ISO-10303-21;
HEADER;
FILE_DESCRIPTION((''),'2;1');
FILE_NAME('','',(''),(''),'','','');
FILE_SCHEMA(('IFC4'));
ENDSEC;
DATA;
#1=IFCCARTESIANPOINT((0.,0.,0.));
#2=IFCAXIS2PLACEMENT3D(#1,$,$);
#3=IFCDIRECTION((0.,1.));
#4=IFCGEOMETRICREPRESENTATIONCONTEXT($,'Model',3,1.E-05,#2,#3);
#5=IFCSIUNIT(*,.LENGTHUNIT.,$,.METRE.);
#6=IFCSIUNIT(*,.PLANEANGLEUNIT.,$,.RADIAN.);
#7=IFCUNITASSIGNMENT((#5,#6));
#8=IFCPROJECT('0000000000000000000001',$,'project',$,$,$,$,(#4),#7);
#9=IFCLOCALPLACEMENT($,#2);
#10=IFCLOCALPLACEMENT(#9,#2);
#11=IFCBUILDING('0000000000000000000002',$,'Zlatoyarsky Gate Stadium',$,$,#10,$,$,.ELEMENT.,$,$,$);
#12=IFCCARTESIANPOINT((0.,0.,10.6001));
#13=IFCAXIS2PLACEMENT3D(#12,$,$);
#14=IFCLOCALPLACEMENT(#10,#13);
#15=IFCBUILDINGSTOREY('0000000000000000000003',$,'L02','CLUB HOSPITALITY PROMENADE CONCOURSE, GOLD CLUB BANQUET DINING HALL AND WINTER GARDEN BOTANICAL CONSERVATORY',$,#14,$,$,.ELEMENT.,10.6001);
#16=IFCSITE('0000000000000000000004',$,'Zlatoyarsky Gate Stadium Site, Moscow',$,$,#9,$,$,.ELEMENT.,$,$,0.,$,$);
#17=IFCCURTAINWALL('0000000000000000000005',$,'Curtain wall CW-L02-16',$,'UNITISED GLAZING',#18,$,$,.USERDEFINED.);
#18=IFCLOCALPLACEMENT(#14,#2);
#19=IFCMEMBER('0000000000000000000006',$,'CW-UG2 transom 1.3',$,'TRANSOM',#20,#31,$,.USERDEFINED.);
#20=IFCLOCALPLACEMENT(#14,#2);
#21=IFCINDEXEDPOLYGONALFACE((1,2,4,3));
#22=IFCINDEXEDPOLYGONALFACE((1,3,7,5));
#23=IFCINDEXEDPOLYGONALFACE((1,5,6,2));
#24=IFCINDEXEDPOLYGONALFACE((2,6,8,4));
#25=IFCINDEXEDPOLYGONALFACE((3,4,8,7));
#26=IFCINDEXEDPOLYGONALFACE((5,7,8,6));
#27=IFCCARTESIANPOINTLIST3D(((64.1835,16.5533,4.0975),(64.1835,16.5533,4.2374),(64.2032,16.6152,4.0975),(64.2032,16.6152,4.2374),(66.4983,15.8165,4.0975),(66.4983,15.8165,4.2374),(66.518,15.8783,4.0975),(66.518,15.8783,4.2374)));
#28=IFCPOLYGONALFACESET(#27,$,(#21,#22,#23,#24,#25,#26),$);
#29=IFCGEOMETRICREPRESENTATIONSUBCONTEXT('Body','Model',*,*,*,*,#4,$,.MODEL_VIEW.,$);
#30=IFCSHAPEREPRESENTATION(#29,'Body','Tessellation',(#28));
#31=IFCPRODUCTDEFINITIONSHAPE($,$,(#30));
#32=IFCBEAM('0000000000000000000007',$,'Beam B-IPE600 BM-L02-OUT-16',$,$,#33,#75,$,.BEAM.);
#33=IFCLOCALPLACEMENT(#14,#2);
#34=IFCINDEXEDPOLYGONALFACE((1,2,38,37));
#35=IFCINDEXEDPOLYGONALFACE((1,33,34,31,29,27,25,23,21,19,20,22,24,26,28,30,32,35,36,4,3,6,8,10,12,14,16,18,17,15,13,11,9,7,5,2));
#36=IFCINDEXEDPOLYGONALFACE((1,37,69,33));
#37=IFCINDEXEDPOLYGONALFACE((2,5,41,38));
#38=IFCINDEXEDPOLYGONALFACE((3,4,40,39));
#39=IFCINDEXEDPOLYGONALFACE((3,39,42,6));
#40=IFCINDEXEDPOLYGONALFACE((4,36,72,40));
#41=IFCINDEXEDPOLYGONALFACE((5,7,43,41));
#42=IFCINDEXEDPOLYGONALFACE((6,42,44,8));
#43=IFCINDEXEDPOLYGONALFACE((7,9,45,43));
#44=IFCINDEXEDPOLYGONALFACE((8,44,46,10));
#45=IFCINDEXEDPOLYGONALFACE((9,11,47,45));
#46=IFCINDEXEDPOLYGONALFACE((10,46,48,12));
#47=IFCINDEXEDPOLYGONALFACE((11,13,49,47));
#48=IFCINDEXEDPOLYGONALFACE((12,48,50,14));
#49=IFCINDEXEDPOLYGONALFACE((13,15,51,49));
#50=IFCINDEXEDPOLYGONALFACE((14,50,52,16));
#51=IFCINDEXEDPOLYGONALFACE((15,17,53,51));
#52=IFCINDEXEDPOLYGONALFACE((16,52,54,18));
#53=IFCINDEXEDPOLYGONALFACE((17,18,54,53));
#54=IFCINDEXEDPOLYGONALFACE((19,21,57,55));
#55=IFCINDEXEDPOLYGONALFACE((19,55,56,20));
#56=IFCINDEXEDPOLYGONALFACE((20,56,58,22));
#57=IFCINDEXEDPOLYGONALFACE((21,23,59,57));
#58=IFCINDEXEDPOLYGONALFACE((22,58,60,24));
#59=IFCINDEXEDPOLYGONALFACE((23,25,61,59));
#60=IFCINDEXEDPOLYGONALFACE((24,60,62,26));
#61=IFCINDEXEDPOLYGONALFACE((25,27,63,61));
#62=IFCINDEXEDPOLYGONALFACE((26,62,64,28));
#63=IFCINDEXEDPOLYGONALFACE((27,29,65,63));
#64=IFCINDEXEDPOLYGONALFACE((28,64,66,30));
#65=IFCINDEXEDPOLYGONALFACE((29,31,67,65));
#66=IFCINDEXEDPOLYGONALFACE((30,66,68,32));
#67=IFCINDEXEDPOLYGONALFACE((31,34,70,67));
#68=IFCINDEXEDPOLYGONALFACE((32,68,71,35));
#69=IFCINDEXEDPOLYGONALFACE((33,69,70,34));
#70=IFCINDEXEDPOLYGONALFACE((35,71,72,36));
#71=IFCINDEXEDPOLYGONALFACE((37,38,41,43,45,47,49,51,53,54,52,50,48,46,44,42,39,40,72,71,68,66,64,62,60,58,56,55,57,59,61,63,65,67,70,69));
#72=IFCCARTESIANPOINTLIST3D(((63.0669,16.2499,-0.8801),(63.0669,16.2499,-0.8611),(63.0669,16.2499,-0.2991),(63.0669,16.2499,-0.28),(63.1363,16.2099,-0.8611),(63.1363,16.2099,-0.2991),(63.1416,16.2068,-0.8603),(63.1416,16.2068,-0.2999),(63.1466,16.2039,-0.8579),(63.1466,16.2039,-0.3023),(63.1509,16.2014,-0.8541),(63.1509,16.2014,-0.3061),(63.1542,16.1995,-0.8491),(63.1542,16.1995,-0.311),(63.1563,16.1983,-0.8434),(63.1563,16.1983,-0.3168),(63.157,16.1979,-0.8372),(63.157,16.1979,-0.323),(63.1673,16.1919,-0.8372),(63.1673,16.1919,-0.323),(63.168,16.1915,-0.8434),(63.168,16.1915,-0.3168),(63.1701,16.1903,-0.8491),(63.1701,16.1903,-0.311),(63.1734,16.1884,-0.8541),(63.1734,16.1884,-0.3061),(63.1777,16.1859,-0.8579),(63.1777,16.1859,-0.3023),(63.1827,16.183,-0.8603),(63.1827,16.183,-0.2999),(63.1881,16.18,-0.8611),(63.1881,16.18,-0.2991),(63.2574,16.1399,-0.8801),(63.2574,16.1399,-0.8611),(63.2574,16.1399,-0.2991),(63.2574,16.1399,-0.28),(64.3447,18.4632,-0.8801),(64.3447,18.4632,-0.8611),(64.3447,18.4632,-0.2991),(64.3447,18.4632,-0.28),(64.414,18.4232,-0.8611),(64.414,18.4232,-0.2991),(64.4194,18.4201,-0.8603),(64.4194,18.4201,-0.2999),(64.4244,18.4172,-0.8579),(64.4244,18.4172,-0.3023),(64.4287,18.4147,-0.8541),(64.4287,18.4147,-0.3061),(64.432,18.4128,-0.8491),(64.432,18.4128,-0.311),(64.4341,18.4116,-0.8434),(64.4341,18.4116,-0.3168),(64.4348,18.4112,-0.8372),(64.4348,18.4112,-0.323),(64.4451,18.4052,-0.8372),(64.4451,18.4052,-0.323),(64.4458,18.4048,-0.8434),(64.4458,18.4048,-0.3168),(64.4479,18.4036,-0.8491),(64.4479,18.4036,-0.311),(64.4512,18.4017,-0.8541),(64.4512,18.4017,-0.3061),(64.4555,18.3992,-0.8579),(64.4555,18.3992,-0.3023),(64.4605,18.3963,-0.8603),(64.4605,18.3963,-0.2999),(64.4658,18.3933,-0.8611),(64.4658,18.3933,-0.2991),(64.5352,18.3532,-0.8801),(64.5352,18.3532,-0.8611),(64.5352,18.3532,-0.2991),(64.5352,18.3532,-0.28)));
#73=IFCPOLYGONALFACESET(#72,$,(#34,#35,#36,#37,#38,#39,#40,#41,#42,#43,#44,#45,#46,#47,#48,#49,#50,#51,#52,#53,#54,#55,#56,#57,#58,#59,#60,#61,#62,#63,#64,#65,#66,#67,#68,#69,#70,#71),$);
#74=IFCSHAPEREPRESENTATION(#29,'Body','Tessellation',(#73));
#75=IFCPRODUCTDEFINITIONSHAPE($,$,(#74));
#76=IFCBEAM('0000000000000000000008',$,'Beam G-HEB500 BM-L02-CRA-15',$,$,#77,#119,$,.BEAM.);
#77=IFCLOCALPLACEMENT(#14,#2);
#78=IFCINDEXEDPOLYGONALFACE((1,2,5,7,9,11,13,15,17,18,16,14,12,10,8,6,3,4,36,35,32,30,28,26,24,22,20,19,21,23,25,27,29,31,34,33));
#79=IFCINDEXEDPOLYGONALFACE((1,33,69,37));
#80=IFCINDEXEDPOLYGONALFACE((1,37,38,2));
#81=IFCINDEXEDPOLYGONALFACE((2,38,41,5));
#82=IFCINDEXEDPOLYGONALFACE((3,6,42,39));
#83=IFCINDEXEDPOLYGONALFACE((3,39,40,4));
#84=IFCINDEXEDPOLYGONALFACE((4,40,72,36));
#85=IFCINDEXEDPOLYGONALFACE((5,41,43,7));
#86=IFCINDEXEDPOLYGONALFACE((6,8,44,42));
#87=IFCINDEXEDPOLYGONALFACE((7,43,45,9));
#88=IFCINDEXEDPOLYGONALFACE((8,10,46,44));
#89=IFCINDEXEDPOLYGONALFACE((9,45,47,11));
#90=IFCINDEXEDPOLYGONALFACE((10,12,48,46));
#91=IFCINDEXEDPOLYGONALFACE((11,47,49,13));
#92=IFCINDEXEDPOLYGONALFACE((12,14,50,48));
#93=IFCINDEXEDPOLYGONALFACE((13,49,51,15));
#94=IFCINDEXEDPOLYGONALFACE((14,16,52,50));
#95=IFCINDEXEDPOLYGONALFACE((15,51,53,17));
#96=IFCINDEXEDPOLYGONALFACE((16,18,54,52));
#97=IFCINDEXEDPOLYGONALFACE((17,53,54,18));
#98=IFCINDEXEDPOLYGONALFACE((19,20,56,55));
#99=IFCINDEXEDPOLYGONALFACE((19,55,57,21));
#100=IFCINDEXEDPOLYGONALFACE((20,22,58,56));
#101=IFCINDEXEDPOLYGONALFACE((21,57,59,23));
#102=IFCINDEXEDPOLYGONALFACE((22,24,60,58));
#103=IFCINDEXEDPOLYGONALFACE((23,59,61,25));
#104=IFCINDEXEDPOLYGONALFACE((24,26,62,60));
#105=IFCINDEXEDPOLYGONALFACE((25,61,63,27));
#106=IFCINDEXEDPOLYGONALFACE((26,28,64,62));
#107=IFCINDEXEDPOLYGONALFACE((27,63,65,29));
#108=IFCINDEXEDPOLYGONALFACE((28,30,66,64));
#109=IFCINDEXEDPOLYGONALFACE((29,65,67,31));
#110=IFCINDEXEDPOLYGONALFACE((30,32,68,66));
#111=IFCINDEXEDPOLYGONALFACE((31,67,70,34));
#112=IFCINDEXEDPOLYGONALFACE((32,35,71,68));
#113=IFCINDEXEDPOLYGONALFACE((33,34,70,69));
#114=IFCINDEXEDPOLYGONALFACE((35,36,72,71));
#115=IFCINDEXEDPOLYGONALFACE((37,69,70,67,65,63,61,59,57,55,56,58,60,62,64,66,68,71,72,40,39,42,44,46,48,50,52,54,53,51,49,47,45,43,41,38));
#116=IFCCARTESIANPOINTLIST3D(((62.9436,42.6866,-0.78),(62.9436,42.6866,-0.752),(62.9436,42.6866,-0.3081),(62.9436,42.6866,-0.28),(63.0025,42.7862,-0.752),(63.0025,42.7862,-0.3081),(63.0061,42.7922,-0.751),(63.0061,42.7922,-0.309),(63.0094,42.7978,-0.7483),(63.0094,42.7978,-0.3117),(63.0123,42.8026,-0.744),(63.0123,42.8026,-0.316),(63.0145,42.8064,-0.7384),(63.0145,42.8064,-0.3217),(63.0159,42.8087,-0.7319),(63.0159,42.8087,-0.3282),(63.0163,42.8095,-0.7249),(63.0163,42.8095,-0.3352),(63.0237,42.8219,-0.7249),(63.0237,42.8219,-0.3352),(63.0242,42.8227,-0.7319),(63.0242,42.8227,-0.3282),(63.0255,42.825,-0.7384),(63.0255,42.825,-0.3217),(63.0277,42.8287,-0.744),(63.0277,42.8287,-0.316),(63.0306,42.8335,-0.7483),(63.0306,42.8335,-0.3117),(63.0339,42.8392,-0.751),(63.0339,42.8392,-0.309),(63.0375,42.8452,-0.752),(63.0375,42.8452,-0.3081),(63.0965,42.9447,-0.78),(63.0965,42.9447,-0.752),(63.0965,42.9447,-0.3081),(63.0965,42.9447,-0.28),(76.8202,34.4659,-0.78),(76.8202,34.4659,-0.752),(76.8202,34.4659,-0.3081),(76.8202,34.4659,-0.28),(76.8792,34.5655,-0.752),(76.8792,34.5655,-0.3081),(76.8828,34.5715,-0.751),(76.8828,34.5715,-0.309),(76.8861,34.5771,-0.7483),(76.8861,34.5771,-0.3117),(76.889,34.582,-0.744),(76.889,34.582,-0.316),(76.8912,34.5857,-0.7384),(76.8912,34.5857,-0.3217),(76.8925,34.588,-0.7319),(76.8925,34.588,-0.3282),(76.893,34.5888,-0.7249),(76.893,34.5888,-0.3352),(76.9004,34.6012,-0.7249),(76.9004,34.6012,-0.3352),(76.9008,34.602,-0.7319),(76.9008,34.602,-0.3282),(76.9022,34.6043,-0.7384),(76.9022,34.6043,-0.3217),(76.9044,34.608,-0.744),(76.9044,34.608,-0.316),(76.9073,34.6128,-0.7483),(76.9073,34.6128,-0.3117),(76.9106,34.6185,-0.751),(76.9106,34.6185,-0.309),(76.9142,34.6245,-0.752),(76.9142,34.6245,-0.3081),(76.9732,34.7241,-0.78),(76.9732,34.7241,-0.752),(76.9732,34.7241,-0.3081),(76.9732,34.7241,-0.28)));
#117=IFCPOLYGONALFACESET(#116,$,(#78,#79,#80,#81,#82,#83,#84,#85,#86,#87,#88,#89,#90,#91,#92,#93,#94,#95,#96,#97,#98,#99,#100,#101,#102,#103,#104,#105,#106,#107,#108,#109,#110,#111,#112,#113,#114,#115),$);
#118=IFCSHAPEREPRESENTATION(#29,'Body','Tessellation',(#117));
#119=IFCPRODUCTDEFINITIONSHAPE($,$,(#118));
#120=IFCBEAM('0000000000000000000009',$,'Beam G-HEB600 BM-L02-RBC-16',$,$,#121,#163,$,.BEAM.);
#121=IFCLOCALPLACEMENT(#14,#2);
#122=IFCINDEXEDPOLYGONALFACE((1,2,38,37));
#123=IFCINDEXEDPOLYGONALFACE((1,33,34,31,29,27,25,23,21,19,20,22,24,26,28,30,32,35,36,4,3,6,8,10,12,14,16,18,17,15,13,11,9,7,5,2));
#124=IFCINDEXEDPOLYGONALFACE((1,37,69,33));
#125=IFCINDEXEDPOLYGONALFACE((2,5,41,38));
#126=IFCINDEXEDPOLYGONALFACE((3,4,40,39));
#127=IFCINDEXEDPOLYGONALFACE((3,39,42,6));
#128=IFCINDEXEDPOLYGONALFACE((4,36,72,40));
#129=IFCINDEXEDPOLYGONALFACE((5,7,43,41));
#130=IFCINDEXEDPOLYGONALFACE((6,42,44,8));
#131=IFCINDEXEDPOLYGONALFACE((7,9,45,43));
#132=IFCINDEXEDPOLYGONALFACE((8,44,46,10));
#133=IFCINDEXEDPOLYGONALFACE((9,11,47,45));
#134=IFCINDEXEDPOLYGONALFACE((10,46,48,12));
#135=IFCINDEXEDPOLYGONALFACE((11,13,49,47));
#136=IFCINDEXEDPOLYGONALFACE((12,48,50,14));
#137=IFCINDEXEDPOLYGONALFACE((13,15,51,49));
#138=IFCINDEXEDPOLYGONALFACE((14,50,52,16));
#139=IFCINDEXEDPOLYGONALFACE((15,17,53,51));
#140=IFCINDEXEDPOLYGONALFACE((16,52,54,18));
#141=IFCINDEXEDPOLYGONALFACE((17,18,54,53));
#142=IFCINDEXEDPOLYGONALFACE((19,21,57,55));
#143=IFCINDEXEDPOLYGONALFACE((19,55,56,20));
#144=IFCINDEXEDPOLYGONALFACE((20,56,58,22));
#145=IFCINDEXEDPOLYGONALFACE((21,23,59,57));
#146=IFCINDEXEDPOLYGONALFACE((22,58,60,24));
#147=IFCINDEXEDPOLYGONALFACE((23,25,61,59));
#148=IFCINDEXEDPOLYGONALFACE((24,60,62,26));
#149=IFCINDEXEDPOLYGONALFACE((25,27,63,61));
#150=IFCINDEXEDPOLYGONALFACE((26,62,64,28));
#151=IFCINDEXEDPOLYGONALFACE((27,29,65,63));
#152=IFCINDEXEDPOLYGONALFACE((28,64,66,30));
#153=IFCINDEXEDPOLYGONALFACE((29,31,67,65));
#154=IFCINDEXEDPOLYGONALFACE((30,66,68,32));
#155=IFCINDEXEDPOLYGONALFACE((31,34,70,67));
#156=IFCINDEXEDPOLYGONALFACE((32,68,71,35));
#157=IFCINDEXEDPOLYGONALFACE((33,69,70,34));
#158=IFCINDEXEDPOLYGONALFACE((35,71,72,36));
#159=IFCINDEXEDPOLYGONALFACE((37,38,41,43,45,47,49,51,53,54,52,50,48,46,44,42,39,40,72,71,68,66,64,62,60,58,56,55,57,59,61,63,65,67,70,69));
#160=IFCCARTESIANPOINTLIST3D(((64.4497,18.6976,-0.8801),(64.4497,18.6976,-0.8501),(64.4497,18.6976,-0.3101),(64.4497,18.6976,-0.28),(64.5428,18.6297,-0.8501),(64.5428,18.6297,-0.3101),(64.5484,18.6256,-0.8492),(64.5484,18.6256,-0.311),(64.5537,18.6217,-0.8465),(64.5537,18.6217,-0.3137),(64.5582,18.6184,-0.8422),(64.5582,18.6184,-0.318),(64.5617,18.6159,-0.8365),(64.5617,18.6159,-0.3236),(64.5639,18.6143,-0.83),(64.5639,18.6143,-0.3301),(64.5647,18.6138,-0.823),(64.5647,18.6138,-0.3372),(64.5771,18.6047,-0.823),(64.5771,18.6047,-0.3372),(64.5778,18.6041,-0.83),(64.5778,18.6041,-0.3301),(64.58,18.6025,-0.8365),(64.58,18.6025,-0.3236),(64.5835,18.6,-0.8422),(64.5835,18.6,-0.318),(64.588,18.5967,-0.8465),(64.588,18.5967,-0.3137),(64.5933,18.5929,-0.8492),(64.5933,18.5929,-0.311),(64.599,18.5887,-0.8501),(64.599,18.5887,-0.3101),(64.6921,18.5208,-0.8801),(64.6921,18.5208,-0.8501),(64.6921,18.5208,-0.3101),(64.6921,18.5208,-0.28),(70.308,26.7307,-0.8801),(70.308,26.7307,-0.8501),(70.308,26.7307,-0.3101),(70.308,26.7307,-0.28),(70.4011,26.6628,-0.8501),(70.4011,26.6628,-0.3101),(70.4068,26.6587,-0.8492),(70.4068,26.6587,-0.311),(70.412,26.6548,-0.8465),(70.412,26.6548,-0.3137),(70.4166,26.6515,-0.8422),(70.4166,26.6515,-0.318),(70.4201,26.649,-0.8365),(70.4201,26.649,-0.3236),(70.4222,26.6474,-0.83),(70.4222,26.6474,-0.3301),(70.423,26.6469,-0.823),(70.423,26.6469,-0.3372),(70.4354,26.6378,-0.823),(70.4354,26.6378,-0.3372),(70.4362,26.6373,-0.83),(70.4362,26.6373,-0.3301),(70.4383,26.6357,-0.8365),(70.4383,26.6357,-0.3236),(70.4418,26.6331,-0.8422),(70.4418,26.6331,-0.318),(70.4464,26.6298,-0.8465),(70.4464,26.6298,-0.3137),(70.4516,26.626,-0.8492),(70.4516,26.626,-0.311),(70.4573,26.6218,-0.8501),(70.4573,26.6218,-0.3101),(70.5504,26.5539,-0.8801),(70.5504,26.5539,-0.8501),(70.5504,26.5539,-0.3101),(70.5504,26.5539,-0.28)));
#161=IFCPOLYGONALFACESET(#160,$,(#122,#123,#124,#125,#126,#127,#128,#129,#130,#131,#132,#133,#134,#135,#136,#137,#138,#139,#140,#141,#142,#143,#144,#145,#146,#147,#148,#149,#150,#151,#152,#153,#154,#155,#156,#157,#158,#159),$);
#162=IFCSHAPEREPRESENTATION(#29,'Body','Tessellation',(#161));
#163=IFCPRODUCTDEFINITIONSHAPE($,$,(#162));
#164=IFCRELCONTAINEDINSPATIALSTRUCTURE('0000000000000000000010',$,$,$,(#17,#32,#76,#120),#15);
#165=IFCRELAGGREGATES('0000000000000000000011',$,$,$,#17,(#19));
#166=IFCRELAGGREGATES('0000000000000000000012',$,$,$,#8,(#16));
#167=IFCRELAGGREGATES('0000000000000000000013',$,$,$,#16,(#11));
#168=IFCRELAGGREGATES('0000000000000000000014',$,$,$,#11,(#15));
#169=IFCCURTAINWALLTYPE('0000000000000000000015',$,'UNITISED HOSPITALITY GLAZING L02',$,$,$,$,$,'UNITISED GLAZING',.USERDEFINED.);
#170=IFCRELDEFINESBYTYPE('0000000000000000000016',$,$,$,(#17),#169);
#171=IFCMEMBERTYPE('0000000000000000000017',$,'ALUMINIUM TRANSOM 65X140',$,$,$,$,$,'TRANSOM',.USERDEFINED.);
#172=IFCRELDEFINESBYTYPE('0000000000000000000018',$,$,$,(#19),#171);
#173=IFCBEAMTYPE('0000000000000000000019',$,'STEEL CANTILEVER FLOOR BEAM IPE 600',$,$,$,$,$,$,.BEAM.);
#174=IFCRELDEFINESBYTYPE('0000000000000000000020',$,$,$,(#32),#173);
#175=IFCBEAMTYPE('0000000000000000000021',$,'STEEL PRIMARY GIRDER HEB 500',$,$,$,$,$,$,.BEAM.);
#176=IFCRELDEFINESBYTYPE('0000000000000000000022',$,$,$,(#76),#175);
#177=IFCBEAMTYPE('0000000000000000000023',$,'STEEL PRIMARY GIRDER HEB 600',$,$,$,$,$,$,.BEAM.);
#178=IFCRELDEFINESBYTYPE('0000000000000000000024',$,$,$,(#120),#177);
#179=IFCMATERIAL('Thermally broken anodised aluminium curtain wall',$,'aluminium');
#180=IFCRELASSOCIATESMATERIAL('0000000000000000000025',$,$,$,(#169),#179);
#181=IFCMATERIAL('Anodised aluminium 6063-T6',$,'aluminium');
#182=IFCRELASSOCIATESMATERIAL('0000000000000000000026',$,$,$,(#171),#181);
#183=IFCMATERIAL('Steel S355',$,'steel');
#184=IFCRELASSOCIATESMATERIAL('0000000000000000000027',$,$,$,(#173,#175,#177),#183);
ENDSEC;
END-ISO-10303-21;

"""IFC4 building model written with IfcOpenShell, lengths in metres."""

from ifc_helpers import new_model, si_unit, direction, frame, origin, origin_2d, place, context, subcontext, project, spatial, rectangle, i_section, extrude, material, material_profile, profile_set, type_object, element, aggregate, save


model = new_model("IFC4")

# Units and contexts
model_context = context("Model", 3, precision=1e-05, world=origin(), true_north=direction((0.0, 1.0)))
body_context = subcontext(model_context, "Body", "Model", "MODEL_VIEW")
ifc_project = project(units=[si_unit("LENGTHUNIT", "METRE"), si_unit("PLANEANGLEUNIT", "RADIAN")], contexts=[model_context])

# Site, building, storey
site_placement = place(None, origin())
site = spatial("IfcSite", under=ifc_project, at=site_placement, Name="Zlatoyarsky Gate Stadium Site, Moscow", CompositionType="ELEMENT", RefElevation=0.0)
building_placement = place(site_placement, origin())
building = spatial("IfcBuilding", under=site, at=building_placement, Name="Zlatoyarsky Gate Stadium", CompositionType="ELEMENT")
storey_placement = place(building_placement, frame((0.0, 0.0, 10.6001)))
storey = spatial("IfcBuildingStorey", under=building, at=storey_placement, Name="L02", Description="CLUB HOSPITALITY PROMENADE CONCOURSE, GOLD CLUB BANQUET DINING HALL AND WINTER GARDEN BOTANICAL CONSERVATORY", CompositionType="ELEMENT", Elevation=10.6001)

# Shared definitions
ifc_material_1 = material(Name="Steel S355", Category="steel")

# Shared definitions
ifc_material_2 = material(Name="Thermally broken anodised aluminium curtain wall", Category="aluminium")
curtain_wall_type = type_object("IfcCurtainWallType", Name="UNITISED HOSPITALITY GLAZING L02", ElementType="UNITISED GLAZING", PredefinedType="USERDEFINED", material=ifc_material_2)
ifc_material_3 = material(Name="Anodised aluminium 6063-T6", Category="aluminium")

# Curtain wall, member
curtain_wall_1_placement = place(storey_placement, origin())
curtain_wall_1 = element("IfcCurtainWall", 1, at=curtain_wall_1_placement, inside=storey, type_object=curtain_wall_type, Name="Curtain wall CW-L02-16", ObjectType="UNITISED GLAZING", PredefinedType="USERDEFINED")
ifc_material_profile_1 = material_profile(ifc_material_3, rectangle(XDim=0.0649, YDim=0.1399, at=origin_2d()), Name="ALU 65X140")
ifc_profile_set_1 = profile_set([ifc_material_profile_1], Name="Anodised aluminium 6063-T6")
member_type_1 = type_object("IfcMemberType", Name="ALUMINIUM TRANSOM 65X140", ElementType="TRANSOM", PredefinedType="USERDEFINED", material=ifc_profile_set_1)
member_1_placement = place(storey_placement, frame((64.1934, 16.5842, 4.1675), z_axis=(0.952887, -0.303324, 0.0), x_axis=(0.303324, 0.952887, 0.0)))
member_1 = element("IfcMember", 2, at=member_1_placement, type_object=member_type_1, Name="CW-UG2 transom 1.3", ObjectType="TRANSOM", PredefinedType="USERDEFINED", context=body_context, shape_type="SweptSolid", body=[
    extrude(rectangle(XDim=0.0649, YDim=0.1399, at=origin_2d()), origin(), (0.0, 0.0, 1.0), 2.4292),
])

# Beams
ifc_material_profile_2 = material_profile(ifc_material_1, i_section(OverallWidth=0.22, OverallDepth=0.6001, WebThickness=0.012, FlangeThickness=0.019, FilletRadius=0.0239, at=origin_2d()), Name="IPE 600")
ifc_profile_set_2 = profile_set([ifc_material_profile_2], Name="Steel S355")
beam_type_1 = type_object("IfcBeamType", Name="STEEL CANTILEVER FLOOR BEAM IPE 600", PredefinedType="BEAM", material=ifc_profile_set_2)
beam_1_placement = place(storey_placement, frame((64.4399, 18.4082, -0.5801), z_axis=(-0.499982, -0.866036, 0.0), x_axis=(0.866036, -0.499982, 0.0)))
element("IfcBeam", 3, at=beam_1_placement, inside=storey, type_object=beam_type_1, Name="Beam B-IPE600 BM-L02-OUT-16", PredefinedType="BEAM", context=body_context, shape_type="SweptSolid", body=[
    extrude(i_section(OverallWidth=0.22, OverallDepth=0.6001, WebThickness=0.012, FlangeThickness=0.019, FilletRadius=0.0239, at=origin_2d()), origin(), (0.0, 0.0, 1.0), 2.5557),
])
ifc_material_profile_3 = material_profile(ifc_material_1, i_section(OverallWidth=0.3, OverallDepth=0.5, WebThickness=0.0144, FlangeThickness=0.0281, FilletRadius=0.0271, at=origin_2d()), Name="HEB 500")
ifc_profile_set_3 = profile_set([ifc_material_profile_3], Name="Steel S355")
beam_type_2 = type_object("IfcBeamType", Name="STEEL PRIMARY GIRDER HEB 500", PredefinedType="BEAM", material=ifc_profile_set_3)
beam_2_placement = place(storey_placement, frame((63.02, 42.8157, -0.53), z_axis=(0.86036, -0.509686, 0.0), x_axis=(0.509686, 0.86036, 0.0)))
element("IfcBeam", 4, at=beam_2_placement, inside=storey, type_object=beam_type_2, Name="Beam G-HEB500 BM-L02-CRA-15", PredefinedType="BEAM", context=body_context, shape_type="SweptSolid", body=[
    extrude(i_section(OverallWidth=0.3, OverallDepth=0.5, WebThickness=0.0144, FlangeThickness=0.0281, FilletRadius=0.0271, at=origin_2d()), origin(), (0.0, 0.0, 1.0), 16.1289),
])
ifc_material_profile_4 = material_profile(ifc_material_1, i_section(OverallWidth=0.3, OverallDepth=0.6001, WebThickness=0.0154, FlangeThickness=0.03, FilletRadius=0.0271, at=origin_2d()), Name="HEB 600")
ifc_profile_set_4 = profile_set([ifc_material_profile_4], Name="Steel S355")
beam_type_3 = type_object("IfcBeamType", Name="STEEL PRIMARY GIRDER HEB 600", PredefinedType="BEAM", material=ifc_profile_set_4)
beam_3_placement = place(storey_placement, frame((70.4292, 26.6423, -0.5801), z_axis=(-0.589228, -0.807967, 0.0), x_axis=(0.807967, -0.589228, 0.0)))
element("IfcBeam", 5, at=beam_3_placement, inside=storey, type_object=beam_type_3, Name="Beam G-HEB600 BM-L02-RBC-16", PredefinedType="BEAM", context=body_context, shape_type="SweptSolid", body=[
    extrude(i_section(OverallWidth=0.3, OverallDepth=0.6001, WebThickness=0.0154, FlangeThickness=0.03, FilletRadius=0.0271, at=origin_2d()), origin(), (0.0, 0.0, 1.0), 9.9424),
])

aggregate(curtain_wall_1, [member_1])

save(model, "model.ifc")
